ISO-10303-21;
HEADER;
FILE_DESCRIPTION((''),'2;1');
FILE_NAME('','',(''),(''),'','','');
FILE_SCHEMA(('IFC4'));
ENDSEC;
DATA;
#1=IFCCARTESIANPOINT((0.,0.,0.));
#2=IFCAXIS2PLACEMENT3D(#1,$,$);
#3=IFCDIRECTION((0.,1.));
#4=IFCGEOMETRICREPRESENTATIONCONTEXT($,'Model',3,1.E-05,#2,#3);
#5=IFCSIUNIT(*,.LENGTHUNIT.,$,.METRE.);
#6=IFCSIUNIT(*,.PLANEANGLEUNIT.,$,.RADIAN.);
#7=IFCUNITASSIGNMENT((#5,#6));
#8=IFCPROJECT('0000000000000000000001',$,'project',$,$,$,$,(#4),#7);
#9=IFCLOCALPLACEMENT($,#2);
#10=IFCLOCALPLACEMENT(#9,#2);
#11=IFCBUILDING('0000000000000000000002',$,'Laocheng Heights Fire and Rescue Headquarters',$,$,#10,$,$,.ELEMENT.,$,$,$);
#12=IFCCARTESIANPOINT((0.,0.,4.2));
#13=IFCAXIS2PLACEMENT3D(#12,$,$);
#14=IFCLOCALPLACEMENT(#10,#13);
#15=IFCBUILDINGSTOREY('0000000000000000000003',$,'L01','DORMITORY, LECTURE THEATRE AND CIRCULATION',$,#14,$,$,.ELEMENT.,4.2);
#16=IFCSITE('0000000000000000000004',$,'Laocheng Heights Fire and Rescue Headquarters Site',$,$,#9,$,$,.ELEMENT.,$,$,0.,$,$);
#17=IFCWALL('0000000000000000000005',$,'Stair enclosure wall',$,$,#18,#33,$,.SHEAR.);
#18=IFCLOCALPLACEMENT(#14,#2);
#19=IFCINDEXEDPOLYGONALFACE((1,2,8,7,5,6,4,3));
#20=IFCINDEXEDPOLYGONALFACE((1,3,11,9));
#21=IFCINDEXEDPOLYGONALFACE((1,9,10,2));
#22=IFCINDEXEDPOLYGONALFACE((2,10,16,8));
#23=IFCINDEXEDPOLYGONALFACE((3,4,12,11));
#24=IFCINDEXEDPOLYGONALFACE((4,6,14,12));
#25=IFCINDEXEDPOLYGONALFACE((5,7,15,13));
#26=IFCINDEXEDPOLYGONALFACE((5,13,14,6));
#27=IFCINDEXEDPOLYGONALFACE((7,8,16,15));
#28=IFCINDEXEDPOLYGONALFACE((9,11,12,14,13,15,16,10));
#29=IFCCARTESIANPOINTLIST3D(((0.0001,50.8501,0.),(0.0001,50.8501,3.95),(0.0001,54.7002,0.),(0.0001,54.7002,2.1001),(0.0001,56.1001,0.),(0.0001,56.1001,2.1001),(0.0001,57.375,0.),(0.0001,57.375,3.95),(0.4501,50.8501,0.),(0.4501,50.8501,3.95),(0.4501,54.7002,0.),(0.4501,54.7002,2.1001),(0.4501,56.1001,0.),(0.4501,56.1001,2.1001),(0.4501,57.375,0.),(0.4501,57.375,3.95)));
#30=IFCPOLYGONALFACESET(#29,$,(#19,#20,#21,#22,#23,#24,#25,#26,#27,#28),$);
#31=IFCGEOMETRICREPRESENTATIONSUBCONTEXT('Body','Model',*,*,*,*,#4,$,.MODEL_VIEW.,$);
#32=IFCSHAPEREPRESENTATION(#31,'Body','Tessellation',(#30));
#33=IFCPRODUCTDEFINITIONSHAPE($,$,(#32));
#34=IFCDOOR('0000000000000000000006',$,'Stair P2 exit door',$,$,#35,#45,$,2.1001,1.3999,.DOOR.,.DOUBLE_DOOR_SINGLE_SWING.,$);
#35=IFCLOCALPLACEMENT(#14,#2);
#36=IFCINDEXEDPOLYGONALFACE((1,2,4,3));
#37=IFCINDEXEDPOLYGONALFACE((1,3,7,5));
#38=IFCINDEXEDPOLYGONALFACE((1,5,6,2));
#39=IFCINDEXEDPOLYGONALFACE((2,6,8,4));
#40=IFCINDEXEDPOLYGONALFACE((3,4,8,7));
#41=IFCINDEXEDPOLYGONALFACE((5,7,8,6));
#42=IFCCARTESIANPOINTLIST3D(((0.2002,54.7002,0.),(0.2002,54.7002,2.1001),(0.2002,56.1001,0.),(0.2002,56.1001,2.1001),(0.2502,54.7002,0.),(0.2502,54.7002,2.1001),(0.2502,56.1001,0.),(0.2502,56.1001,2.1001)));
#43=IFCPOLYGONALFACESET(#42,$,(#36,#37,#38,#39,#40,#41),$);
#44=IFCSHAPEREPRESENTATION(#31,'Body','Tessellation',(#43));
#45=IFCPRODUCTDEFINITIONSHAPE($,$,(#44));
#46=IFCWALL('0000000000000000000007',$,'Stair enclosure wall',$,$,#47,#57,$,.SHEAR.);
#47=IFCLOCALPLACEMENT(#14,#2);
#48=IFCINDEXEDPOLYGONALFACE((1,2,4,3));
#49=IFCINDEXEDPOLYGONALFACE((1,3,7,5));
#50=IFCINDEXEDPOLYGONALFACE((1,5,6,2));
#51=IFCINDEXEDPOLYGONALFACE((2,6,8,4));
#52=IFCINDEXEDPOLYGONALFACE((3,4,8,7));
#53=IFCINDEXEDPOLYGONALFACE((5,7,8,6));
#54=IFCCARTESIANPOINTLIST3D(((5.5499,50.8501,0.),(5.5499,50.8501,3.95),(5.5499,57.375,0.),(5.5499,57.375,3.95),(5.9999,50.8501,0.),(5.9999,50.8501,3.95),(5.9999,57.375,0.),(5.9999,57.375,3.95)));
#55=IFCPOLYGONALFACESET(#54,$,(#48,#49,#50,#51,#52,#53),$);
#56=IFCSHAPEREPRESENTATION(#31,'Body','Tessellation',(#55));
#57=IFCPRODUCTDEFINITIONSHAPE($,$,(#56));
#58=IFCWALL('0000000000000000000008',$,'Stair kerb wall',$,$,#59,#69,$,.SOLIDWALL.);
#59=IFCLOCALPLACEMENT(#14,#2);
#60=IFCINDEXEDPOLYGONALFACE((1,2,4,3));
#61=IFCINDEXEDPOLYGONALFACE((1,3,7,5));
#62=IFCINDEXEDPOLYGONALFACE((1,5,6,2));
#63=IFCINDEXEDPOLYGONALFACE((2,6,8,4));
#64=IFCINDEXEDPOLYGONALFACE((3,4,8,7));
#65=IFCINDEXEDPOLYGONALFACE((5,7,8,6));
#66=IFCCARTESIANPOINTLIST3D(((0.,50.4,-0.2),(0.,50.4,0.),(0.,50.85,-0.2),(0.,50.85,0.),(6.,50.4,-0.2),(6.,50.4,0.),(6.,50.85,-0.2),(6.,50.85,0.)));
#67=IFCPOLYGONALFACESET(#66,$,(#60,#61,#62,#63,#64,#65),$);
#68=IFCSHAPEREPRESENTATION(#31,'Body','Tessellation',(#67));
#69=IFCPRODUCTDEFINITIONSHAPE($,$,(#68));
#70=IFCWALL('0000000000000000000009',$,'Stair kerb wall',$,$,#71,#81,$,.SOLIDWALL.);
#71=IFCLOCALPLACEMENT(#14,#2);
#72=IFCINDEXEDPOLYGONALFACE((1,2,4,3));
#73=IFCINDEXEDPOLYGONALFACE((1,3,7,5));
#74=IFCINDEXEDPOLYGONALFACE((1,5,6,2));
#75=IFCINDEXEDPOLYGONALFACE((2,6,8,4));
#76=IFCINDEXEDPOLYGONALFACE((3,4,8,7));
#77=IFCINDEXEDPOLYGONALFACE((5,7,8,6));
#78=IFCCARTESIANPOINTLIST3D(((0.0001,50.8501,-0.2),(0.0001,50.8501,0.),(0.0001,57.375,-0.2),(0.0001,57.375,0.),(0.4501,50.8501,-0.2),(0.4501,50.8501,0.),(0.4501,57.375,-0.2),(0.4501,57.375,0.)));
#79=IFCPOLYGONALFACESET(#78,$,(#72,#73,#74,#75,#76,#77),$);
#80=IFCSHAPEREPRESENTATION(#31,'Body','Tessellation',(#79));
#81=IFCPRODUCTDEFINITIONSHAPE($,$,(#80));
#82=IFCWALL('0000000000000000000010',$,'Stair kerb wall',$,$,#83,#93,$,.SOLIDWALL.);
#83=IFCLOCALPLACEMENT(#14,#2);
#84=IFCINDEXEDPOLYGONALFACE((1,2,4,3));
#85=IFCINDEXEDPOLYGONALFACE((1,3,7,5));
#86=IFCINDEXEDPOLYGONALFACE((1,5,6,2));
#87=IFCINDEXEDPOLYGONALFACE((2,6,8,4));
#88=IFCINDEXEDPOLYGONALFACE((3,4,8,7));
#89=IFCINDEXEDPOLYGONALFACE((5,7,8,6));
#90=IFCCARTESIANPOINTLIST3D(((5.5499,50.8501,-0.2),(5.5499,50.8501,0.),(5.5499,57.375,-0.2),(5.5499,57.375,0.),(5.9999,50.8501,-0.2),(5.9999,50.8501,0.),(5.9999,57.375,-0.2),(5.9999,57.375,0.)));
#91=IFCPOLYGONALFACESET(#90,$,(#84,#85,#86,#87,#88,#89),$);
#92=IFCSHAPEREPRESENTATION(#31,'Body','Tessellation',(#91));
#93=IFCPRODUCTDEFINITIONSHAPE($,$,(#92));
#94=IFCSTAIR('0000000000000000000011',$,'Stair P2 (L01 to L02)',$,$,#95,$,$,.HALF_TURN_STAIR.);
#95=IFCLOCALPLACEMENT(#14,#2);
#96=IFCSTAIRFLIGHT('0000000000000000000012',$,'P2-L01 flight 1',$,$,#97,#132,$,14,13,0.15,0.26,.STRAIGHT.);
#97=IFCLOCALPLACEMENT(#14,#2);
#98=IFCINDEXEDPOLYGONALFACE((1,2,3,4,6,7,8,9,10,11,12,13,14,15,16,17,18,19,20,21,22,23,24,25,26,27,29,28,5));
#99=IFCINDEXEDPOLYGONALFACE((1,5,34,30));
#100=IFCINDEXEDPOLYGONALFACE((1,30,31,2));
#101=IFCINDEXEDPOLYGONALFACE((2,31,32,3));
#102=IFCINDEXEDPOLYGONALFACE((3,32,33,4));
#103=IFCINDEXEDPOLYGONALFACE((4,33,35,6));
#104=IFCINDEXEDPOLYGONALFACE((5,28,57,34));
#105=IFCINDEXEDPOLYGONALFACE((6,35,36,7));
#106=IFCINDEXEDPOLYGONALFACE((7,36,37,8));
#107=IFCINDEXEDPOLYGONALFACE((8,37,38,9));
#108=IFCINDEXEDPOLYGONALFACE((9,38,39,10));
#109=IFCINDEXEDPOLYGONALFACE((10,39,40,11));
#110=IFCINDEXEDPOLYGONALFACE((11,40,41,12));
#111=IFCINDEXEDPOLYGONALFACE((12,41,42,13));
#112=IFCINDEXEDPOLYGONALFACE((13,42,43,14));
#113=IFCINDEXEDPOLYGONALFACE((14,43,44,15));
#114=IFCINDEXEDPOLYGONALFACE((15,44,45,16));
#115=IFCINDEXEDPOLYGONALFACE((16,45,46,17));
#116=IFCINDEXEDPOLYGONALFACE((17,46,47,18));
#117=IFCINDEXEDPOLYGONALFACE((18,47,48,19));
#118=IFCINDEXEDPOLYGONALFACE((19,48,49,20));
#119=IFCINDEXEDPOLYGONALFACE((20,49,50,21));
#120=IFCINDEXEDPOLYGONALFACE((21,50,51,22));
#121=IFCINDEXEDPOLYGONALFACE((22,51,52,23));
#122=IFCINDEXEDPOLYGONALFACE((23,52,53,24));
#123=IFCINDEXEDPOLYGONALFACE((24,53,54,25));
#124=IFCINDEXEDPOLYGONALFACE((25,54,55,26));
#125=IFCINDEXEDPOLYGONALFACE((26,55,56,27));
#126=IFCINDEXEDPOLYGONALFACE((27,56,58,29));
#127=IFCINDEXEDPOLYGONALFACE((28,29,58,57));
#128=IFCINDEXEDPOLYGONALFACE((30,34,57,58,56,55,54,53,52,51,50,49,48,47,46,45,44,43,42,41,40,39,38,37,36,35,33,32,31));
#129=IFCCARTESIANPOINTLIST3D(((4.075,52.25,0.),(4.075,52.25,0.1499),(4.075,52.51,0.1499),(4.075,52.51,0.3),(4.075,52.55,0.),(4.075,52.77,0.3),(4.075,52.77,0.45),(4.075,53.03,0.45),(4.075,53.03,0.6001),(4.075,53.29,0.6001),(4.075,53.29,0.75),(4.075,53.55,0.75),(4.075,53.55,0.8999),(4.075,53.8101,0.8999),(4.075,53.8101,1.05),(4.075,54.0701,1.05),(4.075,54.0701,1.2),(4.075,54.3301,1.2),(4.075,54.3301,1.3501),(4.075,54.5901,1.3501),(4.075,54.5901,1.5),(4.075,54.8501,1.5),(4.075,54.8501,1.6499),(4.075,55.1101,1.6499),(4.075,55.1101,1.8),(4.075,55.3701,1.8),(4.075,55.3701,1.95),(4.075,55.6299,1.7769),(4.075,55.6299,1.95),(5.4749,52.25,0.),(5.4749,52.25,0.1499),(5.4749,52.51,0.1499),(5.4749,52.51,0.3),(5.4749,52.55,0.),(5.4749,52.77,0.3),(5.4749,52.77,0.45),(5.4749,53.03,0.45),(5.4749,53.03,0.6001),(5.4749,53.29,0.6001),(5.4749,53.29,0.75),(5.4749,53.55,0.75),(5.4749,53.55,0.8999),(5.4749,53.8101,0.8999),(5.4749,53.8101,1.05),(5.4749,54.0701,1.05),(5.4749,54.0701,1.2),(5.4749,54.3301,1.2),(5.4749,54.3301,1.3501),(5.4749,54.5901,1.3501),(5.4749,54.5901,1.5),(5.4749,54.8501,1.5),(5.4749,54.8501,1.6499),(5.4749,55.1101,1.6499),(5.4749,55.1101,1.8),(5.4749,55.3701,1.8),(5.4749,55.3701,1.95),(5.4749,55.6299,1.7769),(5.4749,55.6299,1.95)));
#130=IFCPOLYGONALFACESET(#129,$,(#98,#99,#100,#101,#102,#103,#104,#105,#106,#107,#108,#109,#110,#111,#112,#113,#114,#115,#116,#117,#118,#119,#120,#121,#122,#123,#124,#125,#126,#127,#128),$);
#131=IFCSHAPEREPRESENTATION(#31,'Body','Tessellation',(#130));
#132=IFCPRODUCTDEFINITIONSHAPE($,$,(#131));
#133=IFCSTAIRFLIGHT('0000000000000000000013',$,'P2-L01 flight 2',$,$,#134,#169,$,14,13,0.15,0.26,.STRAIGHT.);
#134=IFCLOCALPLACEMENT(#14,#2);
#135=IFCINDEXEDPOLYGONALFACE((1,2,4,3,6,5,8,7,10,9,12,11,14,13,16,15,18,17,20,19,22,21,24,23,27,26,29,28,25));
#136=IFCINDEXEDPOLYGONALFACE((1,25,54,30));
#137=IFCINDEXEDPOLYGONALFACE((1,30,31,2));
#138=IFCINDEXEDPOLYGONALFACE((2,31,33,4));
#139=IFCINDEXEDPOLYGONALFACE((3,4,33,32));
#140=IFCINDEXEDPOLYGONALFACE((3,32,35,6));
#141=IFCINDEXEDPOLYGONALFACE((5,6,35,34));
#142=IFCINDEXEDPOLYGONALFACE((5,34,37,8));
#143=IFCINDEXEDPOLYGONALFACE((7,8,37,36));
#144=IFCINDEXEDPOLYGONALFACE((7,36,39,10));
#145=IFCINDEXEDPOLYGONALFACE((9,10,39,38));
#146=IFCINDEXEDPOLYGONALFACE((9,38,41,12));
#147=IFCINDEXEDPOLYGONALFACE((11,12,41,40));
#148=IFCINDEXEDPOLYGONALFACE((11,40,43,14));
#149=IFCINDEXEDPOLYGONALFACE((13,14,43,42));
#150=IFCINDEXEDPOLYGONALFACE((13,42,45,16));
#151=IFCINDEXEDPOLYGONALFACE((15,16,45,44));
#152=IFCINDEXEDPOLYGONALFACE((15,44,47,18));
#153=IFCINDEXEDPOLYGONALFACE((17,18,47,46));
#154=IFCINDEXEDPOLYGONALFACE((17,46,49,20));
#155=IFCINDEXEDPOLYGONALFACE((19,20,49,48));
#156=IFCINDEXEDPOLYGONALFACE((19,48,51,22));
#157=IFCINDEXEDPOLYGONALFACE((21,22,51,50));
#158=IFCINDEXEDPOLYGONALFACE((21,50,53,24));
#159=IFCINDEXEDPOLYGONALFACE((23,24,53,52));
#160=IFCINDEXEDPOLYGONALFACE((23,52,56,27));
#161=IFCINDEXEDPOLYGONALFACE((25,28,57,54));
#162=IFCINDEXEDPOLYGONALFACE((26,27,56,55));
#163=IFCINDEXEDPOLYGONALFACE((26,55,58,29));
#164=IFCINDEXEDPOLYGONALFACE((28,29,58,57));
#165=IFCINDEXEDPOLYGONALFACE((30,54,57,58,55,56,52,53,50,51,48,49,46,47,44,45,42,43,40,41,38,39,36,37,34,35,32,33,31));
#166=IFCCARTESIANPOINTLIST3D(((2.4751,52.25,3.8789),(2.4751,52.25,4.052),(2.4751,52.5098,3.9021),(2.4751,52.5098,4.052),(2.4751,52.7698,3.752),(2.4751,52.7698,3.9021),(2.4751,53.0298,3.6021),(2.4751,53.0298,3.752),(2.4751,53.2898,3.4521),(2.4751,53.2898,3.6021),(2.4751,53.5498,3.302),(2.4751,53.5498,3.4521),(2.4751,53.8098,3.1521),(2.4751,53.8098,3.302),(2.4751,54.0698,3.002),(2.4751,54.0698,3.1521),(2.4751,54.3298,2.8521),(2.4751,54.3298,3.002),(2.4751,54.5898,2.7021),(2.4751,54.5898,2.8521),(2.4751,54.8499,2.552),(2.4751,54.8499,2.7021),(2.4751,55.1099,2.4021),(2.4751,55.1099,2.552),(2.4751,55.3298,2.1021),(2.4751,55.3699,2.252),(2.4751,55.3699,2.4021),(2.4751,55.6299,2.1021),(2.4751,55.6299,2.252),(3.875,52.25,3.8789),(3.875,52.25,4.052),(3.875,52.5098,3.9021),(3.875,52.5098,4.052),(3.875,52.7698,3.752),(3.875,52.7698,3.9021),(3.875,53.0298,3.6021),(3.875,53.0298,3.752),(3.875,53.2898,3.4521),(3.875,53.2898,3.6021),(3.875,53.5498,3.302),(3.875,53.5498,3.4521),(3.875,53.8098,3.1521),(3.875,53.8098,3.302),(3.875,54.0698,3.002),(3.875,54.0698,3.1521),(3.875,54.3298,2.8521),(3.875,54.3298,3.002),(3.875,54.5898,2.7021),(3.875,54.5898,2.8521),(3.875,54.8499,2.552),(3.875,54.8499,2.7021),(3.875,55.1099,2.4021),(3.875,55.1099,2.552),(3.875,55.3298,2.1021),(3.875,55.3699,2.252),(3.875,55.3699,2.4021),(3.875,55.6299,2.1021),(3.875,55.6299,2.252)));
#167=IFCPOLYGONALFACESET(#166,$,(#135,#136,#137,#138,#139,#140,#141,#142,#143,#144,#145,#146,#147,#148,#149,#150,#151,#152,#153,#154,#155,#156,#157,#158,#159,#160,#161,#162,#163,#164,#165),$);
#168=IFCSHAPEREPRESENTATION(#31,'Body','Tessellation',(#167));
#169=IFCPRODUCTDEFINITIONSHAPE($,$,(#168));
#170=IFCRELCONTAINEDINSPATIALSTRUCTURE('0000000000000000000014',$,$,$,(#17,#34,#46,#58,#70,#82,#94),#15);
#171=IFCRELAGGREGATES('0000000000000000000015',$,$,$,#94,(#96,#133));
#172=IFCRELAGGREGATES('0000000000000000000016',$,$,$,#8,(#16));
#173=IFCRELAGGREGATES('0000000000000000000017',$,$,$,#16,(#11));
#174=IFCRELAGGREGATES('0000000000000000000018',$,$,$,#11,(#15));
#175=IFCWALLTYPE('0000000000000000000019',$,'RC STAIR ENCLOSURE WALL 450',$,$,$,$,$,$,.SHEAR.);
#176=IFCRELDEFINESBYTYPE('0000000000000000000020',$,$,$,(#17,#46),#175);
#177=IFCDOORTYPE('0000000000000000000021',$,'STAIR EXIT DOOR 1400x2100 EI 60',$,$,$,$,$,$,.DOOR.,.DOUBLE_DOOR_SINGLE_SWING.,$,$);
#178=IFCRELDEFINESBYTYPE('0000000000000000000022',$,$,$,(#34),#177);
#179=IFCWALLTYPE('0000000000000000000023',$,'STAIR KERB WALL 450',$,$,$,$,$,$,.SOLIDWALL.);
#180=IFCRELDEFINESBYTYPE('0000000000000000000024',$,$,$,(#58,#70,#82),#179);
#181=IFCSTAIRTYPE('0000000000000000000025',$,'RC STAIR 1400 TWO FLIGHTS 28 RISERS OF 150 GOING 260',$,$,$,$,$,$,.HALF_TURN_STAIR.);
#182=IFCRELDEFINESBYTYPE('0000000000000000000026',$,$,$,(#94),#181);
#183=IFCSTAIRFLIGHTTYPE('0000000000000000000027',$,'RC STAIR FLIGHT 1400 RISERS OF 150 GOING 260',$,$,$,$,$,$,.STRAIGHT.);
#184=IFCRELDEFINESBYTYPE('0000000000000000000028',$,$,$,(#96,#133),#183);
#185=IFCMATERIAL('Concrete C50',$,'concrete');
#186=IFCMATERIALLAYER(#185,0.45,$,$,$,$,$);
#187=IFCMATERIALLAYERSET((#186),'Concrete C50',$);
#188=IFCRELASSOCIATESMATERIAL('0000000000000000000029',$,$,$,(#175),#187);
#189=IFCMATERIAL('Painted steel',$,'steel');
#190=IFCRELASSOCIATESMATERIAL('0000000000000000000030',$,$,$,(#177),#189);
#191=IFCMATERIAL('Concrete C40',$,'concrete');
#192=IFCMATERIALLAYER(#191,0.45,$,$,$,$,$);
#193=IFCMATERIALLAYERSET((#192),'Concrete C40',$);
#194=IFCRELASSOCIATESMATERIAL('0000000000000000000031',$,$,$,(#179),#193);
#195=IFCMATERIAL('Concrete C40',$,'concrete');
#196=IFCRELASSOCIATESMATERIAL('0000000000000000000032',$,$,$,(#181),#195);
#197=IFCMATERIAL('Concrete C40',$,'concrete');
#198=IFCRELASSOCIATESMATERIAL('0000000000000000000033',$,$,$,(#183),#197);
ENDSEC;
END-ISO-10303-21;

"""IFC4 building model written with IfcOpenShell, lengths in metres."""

from ifc_helpers import new_model, si_unit, direction, frame, frame_2d, origin, place, context, subcontext, project, spatial, polyline, rectangle, outline, extrude, material, layer, layer_set, type_object, element, fill, aggregate, save


model = new_model("IFC4")

# Units and contexts
model_context = context("Model", 3, precision=1e-05, world=origin(), true_north=direction((0.0, 1.0)))
body_context = subcontext(model_context, "Body", "Model", "MODEL_VIEW")
ifc_project = project(units=[si_unit("LENGTHUNIT", "METRE"), si_unit("PLANEANGLEUNIT", "RADIAN")], contexts=[model_context])

# Site, building, storey
site_placement = place(None, origin())
site = spatial("IfcSite", under=ifc_project, at=site_placement, Name="Laocheng Heights Fire and Rescue Headquarters Site", CompositionType="ELEMENT", RefElevation=0.0)
building_placement = place(site_placement, origin())
building = spatial("IfcBuilding", under=site, at=building_placement, Name="Laocheng Heights Fire and Rescue Headquarters", CompositionType="ELEMENT")
storey_placement = place(building_placement, frame((0.0, 0.0, 4.2)))
storey = spatial("IfcBuildingStorey", under=building, at=storey_placement, Name="L01", Description="DORMITORY, LECTURE THEATRE AND CIRCULATION", CompositionType="ELEMENT", Elevation=4.2)

# Wall, opening, door
ifc_material_1 = material(Name="Concrete C50", Category="concrete")
ifc_layer_1 = layer(ifc_material_1, 0.45)
ifc_layer_set_1 = layer_set([ifc_layer_1], Name="Concrete C50")
wall_type_1 = type_object("IfcWallType", Name="RC STAIR ENCLOSURE WALL 450", PredefinedType="SHEAR", material=ifc_layer_set_1)
wall_1_placement = place(storey_placement, frame((0.2251, 50.8501, 0.0), z_axis=(0.0, 0.0, 1.0), x_axis=(0.0, 1.0, 0.0)))
wall_1 = element("IfcWall", 1, at=wall_1_placement, inside=storey, type_object=wall_type_1, Name="Stair enclosure wall", PredefinedType="SHEAR", context=body_context, shape_type="SweptSolid", body=[
    extrude(rectangle(XDim=6.5249, YDim=0.45, at=frame_2d((3.2625, 0.0))), origin(), (0.0, 0.0, 1.0), 3.95),
])
opening_1_placement = place(wall_1_placement, frame((3.8501, 0.0, 0.0)))
opening_1 = element("IfcOpeningElement", 2, at=opening_1_placement, cuts=wall_1, PredefinedType="OPENING", context=body_context, shape_type="SweptSolid", body=[
    extrude(rectangle(XDim=1.3999, YDim=2.1001, at=frame_2d((0.7, 1.05))), frame((0.0, 0.2349, 0.0), z_axis=(0.0, -1.0, 0.0), x_axis=(1.0, 0.0, 0.0)), (0.0, 0.0, 1.0), 0.47),
])
ifc_material_2 = material(Name="Painted steel", Category="steel")
door_type_1 = type_object("IfcDoorType", Name="STAIR EXIT DOOR 1400x2100 EI 60", OperationType="DOUBLE_DOOR_SINGLE_SWING", PredefinedType="DOOR", material=ifc_material_2)
door_1_placement = place(opening_1_placement, origin())
door_1 = element("IfcDoor", 3, at=door_1_placement, inside=storey, type_object=door_type_1, Name="Stair P2 exit door", OperationType="DOUBLE_DOOR_SINGLE_SWING", OverallHeight=2.1001, OverallWidth=1.3999, PredefinedType="DOOR", context=body_context, shape_type="SweptSolid", body=[
    extrude(rectangle(XDim=1.3999, YDim=2.1001, at=frame_2d((0.7, 1.05))), frame((0.0, 0.0249, 0.0), z_axis=(0.0, -1.0, 0.0), x_axis=(1.0, 0.0, 0.0)), (0.0, 0.0, 1.0), 0.05),
])
fill(opening_1, door_1)

# Walls
wall_2_placement = place(storey_placement, frame((5.7749, 50.8501, 0.0), z_axis=(0.0, 0.0, 1.0), x_axis=(0.0, 1.0, 0.0)))
element("IfcWall", 4, at=wall_2_placement, inside=storey, type_object=wall_type_1, Name="Stair enclosure wall", PredefinedType="SHEAR", context=body_context, shape_type="SweptSolid", body=[
    extrude(rectangle(XDim=6.5249, YDim=0.45, at=frame_2d((3.2625, 0.0))), origin(), (0.0, 0.0, 1.0), 3.95),
])
ifc_material_3 = material(Name="Concrete C40", Category="concrete")
ifc_layer_2 = layer(ifc_material_3, 0.45)
ifc_layer_set_2 = layer_set([ifc_layer_2], Name="Concrete C40")
wall_type_2 = type_object("IfcWallType", Name="STAIR KERB WALL 450", PredefinedType="SOLIDWALL", material=ifc_layer_set_2)
wall_3_placement = place(storey_placement, frame((0.0, 50.625, -0.2), z_axis=(0.0, 0.0, 1.0), x_axis=(1.0, 0.0, 0.0)))
element("IfcWall", 5, at=wall_3_placement, inside=storey, type_object=wall_type_2, Name="Stair kerb wall", PredefinedType="SOLIDWALL", context=body_context, shape_type="SweptSolid", body=[
    extrude(rectangle(XDim=6.0, YDim=0.45, at=frame_2d((3.0, 0.0))), origin(), (0.0, 0.0, 1.0), 0.2),
])
for number, where, z_axis, x_axis, name in (
    (6, (0.2251, 50.8501, -0.2), (0.0, 0.0, 1.0), (0.0, 1.0, 0.0), "Stair kerb wall"),
    (7, (5.7749, 50.8501, -0.2), (0.0, 0.0, 1.0), (0.0, 1.0, 0.0), "Stair kerb wall"),
):
    element("IfcWall", number, at=place(storey_placement, frame(where, z_axis=z_axis, x_axis=x_axis)), inside=storey, type_object=wall_type_2, Name=name, PredefinedType="SOLIDWALL", context=body_context, shape_type="SweptSolid", body=[
        extrude(rectangle(XDim=6.5249, YDim=0.45, at=frame_2d((3.2625, 0.0))), origin(), (0.0, 0.0, 1.0), 0.2),
    ])

# Stair, stair flights
ifc_material_4 = material(Name="Concrete C40", Category="concrete")
stair_type = type_object("IfcStairType", Name="RC STAIR 1400 TWO FLIGHTS 28 RISERS OF 150 GOING 260", PredefinedType="HALF_TURN_STAIR", material=ifc_material_4)
stair_placement = place(storey_placement, origin())
stair = element("IfcStair", 8, at=stair_placement, inside=storey, type_object=stair_type, Name="Stair P2 (L01 to L02)", PredefinedType="HALF_TURN_STAIR")
ifc_material_5 = material(Name="Concrete C40", Category="concrete")
stair_flight_type = type_object("IfcStairFlightType", Name="RC STAIR FLIGHT 1400 RISERS OF 150 GOING 260", PredefinedType="STRAIGHT", material=ifc_material_5)
stair_flight_1_placement = place(storey_placement, frame((4.7749, 52.25, 0.0), z_axis=(0.0, 0.0, 1.0), x_axis=(0.0, 1.0, 0.0)))
stair_flight_1 = element("IfcStairFlight", 9, at=stair_flight_1_placement, type_object=stair_flight_type, Name="P2-L01 flight 1", NumberOfRisers=14, NumberOfTreads=13, PredefinedType="STRAIGHT", RiserHeight=0.15, TreadLength=0.26, context=body_context, shape_type="SweptSolid", body=[
    extrude(outline(polyline([(0.0, 0.0), (0.0, 0.1499), (0.26, 0.1499), (0.26, 0.3), (0.52, 0.3), (0.52, 0.45), (0.78, 0.45), (0.78, 0.6001), (1.04, 0.6001), (1.04, 0.75), (1.3, 0.75), (1.3, 0.8999), (1.5601, 0.8999), (1.5601, 1.05), (1.8201, 1.05), (1.8201, 1.2), (2.0801, 1.2), (2.0801, 1.3501), (2.3401, 1.3501), (2.3401, 1.5), (2.6001, 1.5), (2.6001, 1.6499), (2.8601, 1.6499), (2.8601, 1.8), (3.1201, 1.8), (3.1201, 1.95), (3.3799, 1.95), (3.3799, 2.1001), (3.3799, 1.7769), (0.3, 0.0), (0.0, 0.0)])), frame((0.0, 0.7, 0.0), z_axis=(0.0, -1.0, 0.0), x_axis=(1.0, 0.0, 0.0)), (0.0, 0.0, 1.0), 1.3999),
])
stair_flight_2_placement = place(storey_placement, frame((3.175, 55.6299, 2.1021), z_axis=(0.0, 0.0, 1.0), x_axis=(0.0, -1.0, 0.0)))
stair_flight_2 = element("IfcStairFlight", 10, at=stair_flight_2_placement, type_object=stair_flight_type, Name="P2-L01 flight 2", NumberOfRisers=14, NumberOfTreads=13, PredefinedType="STRAIGHT", RiserHeight=0.15, TreadLength=0.26, context=body_context, shape_type="SweptSolid", body=[
    extrude(outline(polyline([(0.0, 0.0), (0.0, 0.1499), (0.26, 0.1499), (0.26, 0.3), (0.52, 0.3), (0.52, 0.45), (0.78, 0.45), (0.78, 0.6001), (1.04, 0.6001), (1.04, 0.75), (1.3, 0.75), (1.3, 0.8999), (1.5601, 0.8999), (1.5601, 1.05), (1.8201, 1.05), (1.8201, 1.2), (2.0801, 1.2), (2.0801, 1.3501), (2.3401, 1.3501), (2.3401, 1.5), (2.6001, 1.5), (2.6001, 1.6499), (2.8601, 1.6499), (2.8601, 1.8), (3.1201, 1.8), (3.1201, 1.95), (3.3799, 1.95), (3.3799, 2.1001), (3.3799, 1.7769), (0.3, 0.0), (0.0, 0.0)])), frame((0.0, 0.7, 0.0), z_axis=(0.0, -1.0, 0.0), x_axis=(1.0, 0.0, 0.0)), (0.0, 0.0, 1.0), 1.3999),
])
aggregate(stair, [stair_flight_1, stair_flight_2])

save(model, "model.ifc")
